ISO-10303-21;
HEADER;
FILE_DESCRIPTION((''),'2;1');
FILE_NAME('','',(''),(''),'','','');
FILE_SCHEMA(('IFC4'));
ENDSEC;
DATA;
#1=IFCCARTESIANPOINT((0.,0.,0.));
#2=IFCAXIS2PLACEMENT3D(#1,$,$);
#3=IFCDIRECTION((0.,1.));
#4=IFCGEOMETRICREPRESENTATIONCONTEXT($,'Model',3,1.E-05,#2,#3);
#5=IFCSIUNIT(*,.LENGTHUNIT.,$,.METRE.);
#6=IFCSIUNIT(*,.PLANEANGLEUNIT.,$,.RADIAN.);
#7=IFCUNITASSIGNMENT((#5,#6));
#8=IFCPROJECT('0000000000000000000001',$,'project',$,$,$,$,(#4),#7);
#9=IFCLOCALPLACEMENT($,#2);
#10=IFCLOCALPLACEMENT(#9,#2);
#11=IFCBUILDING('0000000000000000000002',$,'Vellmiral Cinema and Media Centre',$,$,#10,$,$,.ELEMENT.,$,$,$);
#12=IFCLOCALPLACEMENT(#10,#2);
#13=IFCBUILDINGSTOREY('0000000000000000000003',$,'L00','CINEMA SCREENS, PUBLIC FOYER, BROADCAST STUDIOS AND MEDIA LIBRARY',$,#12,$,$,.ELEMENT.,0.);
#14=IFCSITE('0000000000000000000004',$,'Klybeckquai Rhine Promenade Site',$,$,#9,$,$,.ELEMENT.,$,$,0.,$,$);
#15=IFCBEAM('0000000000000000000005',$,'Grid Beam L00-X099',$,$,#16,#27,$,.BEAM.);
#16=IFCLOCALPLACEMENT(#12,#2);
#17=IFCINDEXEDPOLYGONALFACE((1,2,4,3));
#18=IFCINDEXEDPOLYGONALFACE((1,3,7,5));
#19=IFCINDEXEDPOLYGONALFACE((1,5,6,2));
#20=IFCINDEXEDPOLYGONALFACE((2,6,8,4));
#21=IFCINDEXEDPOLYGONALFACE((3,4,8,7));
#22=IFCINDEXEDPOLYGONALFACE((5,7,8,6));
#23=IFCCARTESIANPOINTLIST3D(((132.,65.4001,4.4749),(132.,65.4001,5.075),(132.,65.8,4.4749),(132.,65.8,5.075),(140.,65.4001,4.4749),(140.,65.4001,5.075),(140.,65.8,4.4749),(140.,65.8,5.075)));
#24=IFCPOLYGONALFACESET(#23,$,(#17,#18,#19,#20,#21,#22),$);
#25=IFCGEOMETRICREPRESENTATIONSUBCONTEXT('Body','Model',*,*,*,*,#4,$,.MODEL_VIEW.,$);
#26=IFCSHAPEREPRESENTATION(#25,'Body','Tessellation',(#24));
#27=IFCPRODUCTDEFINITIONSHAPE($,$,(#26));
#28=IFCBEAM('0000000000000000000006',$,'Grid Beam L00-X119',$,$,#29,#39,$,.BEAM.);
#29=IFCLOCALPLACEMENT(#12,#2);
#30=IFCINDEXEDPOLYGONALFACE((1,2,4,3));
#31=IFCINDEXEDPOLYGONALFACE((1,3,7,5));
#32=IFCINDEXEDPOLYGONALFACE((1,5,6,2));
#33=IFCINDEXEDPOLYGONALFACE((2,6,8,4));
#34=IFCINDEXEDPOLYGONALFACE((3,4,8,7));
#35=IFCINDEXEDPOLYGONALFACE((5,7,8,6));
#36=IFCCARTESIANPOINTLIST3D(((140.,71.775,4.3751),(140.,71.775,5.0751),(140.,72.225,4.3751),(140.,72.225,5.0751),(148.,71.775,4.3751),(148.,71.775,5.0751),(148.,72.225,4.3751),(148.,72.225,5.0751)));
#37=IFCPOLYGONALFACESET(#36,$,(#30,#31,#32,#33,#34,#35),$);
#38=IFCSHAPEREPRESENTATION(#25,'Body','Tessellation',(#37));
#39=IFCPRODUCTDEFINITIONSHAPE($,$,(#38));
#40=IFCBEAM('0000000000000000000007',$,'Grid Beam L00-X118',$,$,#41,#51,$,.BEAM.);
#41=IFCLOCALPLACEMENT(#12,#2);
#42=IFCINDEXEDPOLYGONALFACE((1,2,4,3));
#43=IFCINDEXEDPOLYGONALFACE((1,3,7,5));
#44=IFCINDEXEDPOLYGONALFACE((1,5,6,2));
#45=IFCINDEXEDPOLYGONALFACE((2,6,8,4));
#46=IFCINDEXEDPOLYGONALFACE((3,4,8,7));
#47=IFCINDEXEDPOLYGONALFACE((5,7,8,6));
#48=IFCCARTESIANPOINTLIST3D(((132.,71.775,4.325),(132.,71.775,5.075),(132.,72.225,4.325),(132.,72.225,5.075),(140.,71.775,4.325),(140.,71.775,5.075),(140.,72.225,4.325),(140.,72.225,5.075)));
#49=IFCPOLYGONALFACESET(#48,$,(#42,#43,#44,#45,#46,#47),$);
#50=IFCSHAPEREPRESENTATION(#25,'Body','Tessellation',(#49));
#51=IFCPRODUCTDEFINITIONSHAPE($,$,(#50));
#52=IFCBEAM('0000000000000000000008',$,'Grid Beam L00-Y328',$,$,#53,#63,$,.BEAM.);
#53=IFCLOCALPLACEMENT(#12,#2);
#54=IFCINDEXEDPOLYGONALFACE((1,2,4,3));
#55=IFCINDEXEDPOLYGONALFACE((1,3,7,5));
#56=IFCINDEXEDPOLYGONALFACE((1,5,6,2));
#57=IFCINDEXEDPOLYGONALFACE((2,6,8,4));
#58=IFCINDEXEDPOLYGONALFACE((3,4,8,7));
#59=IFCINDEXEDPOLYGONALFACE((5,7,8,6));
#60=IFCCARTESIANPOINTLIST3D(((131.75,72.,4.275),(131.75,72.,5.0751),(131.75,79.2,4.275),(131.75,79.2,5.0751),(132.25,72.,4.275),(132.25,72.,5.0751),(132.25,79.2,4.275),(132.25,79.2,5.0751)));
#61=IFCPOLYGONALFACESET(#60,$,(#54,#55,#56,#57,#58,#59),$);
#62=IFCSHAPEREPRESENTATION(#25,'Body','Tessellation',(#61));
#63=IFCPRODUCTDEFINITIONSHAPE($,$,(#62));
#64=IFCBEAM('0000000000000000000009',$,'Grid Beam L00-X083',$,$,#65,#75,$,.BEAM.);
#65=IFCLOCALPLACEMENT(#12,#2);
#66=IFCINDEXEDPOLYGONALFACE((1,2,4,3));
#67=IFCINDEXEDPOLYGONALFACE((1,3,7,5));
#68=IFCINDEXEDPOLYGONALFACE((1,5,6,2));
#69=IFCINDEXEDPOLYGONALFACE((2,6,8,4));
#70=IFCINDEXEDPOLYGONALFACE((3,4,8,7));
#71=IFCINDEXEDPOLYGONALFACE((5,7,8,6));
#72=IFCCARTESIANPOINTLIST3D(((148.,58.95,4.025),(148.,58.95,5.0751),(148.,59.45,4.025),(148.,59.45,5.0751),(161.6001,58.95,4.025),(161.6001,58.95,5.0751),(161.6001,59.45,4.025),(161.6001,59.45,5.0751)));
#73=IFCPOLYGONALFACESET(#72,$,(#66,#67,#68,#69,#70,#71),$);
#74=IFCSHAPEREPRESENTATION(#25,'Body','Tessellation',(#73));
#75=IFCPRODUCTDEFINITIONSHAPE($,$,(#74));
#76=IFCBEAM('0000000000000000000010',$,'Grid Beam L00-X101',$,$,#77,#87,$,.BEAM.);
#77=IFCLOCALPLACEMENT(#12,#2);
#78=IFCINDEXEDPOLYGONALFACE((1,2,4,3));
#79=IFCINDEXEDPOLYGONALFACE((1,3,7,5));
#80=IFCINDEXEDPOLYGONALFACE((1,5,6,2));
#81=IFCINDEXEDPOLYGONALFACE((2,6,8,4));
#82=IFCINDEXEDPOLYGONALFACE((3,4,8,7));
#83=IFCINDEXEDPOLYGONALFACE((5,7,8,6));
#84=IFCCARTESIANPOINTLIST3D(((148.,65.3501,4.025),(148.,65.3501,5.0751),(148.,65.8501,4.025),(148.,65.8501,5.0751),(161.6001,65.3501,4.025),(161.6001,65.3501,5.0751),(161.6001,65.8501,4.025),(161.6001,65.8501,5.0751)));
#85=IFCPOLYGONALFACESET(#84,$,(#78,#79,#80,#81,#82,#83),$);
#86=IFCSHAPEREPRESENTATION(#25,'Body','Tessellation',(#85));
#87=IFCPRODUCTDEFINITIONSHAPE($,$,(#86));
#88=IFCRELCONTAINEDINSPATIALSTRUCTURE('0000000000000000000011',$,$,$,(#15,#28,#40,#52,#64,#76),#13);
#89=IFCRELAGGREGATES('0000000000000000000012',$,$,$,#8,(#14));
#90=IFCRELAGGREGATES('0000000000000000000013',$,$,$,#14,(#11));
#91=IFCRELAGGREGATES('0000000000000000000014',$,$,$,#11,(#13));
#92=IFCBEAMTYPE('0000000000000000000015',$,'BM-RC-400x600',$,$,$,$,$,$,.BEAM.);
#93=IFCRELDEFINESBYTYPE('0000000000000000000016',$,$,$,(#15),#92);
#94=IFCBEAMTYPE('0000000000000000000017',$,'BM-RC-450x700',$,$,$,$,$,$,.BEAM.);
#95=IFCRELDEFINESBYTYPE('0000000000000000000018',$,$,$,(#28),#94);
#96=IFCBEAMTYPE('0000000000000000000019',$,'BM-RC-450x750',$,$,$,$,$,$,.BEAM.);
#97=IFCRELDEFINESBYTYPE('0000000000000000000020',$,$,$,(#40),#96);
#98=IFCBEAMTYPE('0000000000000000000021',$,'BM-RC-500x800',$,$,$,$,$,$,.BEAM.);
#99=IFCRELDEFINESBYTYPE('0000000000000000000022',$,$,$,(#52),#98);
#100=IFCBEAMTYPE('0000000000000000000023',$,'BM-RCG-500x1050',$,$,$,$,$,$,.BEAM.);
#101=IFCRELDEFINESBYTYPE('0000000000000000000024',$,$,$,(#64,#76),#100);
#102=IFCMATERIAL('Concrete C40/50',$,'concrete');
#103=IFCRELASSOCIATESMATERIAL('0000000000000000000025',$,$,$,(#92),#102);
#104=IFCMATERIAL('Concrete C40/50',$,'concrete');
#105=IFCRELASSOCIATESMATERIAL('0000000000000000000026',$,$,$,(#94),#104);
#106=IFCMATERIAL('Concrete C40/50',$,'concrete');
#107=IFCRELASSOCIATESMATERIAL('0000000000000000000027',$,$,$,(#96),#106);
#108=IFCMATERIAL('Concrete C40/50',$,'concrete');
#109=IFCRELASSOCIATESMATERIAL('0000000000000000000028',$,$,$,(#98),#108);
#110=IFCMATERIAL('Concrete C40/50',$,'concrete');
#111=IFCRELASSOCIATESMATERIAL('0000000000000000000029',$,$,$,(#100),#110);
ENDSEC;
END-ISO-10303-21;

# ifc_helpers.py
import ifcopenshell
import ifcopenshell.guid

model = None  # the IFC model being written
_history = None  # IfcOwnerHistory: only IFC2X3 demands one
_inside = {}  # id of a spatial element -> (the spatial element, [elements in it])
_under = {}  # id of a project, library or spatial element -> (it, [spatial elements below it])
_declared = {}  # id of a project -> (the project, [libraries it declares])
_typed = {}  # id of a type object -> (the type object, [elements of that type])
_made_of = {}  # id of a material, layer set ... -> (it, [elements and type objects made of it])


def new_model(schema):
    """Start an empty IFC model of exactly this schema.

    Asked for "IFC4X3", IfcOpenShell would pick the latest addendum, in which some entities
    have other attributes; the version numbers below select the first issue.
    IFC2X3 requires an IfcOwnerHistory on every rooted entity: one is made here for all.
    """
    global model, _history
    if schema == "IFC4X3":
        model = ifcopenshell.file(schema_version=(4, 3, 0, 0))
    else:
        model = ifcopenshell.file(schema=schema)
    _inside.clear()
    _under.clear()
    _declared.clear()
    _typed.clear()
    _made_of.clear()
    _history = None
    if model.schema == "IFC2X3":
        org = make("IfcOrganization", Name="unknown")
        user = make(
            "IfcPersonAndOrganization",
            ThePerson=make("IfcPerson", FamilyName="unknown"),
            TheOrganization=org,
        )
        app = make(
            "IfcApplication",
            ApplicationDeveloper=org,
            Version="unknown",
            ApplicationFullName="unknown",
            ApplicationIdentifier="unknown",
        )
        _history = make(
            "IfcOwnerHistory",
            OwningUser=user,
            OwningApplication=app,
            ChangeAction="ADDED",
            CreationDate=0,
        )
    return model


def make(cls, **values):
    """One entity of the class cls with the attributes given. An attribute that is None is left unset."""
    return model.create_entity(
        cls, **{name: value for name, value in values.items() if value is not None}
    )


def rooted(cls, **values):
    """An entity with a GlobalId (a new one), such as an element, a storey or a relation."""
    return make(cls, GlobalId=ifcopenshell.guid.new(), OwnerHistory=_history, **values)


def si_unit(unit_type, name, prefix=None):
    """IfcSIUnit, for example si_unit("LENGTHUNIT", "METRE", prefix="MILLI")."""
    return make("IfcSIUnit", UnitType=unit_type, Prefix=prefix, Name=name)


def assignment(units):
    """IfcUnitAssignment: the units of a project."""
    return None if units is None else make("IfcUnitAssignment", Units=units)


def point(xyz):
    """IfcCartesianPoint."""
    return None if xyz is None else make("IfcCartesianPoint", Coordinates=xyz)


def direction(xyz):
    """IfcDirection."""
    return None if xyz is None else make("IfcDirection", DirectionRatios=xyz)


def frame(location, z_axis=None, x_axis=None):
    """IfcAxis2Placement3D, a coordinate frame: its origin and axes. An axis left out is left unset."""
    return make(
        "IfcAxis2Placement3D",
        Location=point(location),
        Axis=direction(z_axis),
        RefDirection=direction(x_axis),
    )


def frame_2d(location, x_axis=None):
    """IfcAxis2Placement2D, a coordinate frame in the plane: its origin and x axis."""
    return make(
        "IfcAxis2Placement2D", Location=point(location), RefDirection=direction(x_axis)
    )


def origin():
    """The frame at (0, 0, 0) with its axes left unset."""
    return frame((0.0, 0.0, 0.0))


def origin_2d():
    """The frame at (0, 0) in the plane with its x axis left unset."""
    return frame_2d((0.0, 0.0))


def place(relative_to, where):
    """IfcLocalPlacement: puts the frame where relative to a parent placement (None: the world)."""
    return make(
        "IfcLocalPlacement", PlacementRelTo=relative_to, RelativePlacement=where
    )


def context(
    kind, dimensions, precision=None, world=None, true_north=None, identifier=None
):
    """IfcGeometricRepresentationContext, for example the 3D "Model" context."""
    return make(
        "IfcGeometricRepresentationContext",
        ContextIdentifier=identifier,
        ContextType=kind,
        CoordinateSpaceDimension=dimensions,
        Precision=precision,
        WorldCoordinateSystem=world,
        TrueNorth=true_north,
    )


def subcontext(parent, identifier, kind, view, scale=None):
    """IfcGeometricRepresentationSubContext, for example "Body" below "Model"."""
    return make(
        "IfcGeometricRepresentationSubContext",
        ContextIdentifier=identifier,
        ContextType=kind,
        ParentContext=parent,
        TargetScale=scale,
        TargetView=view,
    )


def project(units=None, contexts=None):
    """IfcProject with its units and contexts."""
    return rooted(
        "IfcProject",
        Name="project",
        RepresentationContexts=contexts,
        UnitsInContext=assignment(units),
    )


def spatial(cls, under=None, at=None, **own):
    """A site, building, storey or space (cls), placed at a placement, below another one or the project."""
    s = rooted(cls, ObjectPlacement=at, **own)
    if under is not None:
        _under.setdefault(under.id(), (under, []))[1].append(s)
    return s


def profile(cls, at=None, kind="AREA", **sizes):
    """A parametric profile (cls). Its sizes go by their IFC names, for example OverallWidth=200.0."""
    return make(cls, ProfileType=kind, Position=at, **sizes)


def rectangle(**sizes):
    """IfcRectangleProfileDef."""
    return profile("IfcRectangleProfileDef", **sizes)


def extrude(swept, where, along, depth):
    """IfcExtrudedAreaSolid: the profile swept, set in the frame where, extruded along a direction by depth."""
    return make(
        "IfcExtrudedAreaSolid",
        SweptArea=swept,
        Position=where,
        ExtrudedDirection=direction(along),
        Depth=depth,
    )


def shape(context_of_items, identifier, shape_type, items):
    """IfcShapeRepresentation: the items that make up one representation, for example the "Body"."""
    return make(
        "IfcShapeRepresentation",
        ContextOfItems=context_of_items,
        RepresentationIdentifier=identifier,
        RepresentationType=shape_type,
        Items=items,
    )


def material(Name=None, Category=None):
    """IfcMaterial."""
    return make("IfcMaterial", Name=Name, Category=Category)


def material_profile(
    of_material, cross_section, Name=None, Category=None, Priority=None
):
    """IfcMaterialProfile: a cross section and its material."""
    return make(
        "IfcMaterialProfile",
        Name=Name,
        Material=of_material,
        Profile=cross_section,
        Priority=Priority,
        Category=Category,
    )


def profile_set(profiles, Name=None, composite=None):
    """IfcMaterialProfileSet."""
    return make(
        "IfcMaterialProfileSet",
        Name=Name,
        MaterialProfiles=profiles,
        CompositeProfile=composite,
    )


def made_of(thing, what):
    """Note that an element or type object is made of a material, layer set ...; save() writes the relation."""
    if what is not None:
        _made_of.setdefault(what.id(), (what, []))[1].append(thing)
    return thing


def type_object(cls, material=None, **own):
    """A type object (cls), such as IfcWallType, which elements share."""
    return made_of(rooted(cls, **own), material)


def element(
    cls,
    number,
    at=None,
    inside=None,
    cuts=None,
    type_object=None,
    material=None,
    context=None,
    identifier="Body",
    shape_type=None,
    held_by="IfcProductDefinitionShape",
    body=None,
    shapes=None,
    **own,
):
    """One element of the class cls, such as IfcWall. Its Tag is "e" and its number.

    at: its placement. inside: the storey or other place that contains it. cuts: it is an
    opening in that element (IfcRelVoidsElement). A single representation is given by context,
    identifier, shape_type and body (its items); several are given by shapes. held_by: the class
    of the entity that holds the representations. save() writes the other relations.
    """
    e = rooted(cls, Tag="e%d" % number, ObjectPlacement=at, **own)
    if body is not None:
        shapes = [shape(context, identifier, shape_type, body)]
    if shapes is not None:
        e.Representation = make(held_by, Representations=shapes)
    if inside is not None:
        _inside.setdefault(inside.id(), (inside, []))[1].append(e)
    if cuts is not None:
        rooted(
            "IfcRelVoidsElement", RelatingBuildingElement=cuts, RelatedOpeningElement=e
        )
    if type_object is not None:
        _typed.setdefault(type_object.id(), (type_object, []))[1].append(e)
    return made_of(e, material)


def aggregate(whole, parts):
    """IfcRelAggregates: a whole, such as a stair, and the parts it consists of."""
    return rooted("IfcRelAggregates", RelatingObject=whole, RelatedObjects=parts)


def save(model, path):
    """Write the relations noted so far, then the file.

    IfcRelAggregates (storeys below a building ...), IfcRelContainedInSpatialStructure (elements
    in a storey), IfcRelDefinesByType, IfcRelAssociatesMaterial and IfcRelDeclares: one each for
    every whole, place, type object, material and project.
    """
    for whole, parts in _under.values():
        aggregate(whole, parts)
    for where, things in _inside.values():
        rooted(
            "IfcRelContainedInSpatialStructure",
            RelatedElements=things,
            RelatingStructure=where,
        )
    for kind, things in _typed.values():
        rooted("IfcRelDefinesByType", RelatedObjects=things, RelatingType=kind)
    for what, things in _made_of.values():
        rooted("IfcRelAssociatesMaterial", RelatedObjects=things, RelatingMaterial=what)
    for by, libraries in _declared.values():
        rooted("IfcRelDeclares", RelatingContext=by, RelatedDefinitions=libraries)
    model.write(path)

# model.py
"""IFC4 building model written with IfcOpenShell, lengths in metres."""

from ifc_helpers import new_model, si_unit, direction, frame, origin, origin_2d, place, context, subcontext, project, spatial, rectangle, extrude, material, material_profile, profile_set, type_object, element, save


model = new_model("IFC4")

# Units and contexts
model_context = context("Model", 3, precision=1e-05, world=origin(), true_north=direction((0.0, 1.0)))
body_context = subcontext(model_context, "Body", "Model", "MODEL_VIEW")
ifc_project = project(units=[si_unit("LENGTHUNIT", "METRE"), si_unit("PLANEANGLEUNIT", "RADIAN")], contexts=[model_context])

# Site, building, storey
site_placement = place(None, origin())
site = spatial("IfcSite", under=ifc_project, at=site_placement, Name="Klybeckquai Rhine Promenade Site", CompositionType="ELEMENT", RefElevation=0.0)
building_placement = place(site_placement, origin())
building = spatial("IfcBuilding", under=site, at=building_placement, Name="Vellmiral Cinema and Media Centre", CompositionType="ELEMENT")
storey_placement = place(building_placement, origin())
storey = spatial("IfcBuildingStorey", under=building, at=storey_placement, Name="L00", Description="CINEMA SCREENS, PUBLIC FOYER, BROADCAST STUDIOS AND MEDIA LIBRARY", CompositionType="ELEMENT", Elevation=0.0)

# Beams
ifc_material_1 = material(Name="Concrete C40/50", Category="concrete")
ifc_material_profile_1 = material_profile(ifc_material_1, rectangle(XDim=0.3999, YDim=0.6001, at=origin_2d()), Name="RC 400x600")
ifc_profile_set_1 = profile_set([ifc_material_profile_1], Name="Concrete C40/50")
beam_type_1 = type_object("IfcBeamType", Name="BM-RC-400x600", PredefinedType="BEAM", material=ifc_profile_set_1)
beam_1_placement = place(storey_placement, frame((132.0, 65.6001, 4.7749), z_axis=(1.0, 0.0, 0.0), x_axis=(0.0, 1.0, 0.0)))
element("IfcBeam", 1, at=beam_1_placement, inside=storey, type_object=beam_type_1, Name="Grid Beam L00-X099", PredefinedType="BEAM", context=body_context, shape_type="SweptSolid", body=[
    extrude(rectangle(XDim=0.3999, YDim=0.6001, at=origin_2d()), origin(), (0.0, 0.0, 1.0), 8.0),
])
ifc_material_2 = material(Name="Concrete C40/50", Category="concrete")
ifc_material_profile_2 = material_profile(ifc_material_2, rectangle(XDim=0.45, YDim=0.7, at=origin_2d()), Name="RC 450x700")
ifc_profile_set_2 = profile_set([ifc_material_profile_2], Name="Concrete C40/50")
beam_type_2 = type_object("IfcBeamType", Name="BM-RC-450x700", PredefinedType="BEAM", material=ifc_profile_set_2)
beam_2_placement = place(storey_placement, frame((140.0, 72.0, 4.7251), z_axis=(1.0, 0.0, 0.0), x_axis=(0.0, 1.0, 0.0)))
element("IfcBeam", 2, at=beam_2_placement, inside=storey, type_object=beam_type_2, Name="Grid Beam L00-X119", PredefinedType="BEAM", context=body_context, shape_type="SweptSolid", body=[
    extrude(rectangle(XDim=0.45, YDim=0.7, at=origin_2d()), origin(), (0.0, 0.0, 1.0), 8.0),
])
ifc_material_3 = material(Name="Concrete C40/50", Category="concrete")
ifc_material_profile_3 = material_profile(ifc_material_3, rectangle(XDim=0.45, YDim=0.75, at=origin_2d()), Name="RC 450x750")
ifc_profile_set_3 = profile_set([ifc_material_profile_3], Name="Concrete C40/50")
beam_type_3 = type_object("IfcBeamType", Name="BM-RC-450x750", PredefinedType="BEAM", material=ifc_profile_set_3)
beam_3_placement = place(storey_placement, frame((132.0, 72.0, 4.7), z_axis=(1.0, 0.0, 0.0), x_axis=(0.0, 1.0, 0.0)))
element("IfcBeam", 3, at=beam_3_placement, inside=storey, type_object=beam_type_3, Name="Grid Beam L00-X118", PredefinedType="BEAM", context=body_context, shape_type="SweptSolid", body=[
    extrude(rectangle(XDim=0.45, YDim=0.75, at=origin_2d()), origin(), (0.0, 0.0, 1.0), 8.0),
])
ifc_material_4 = material(Name="Concrete C40/50", Category="concrete")
ifc_material_profile_4 = material_profile(ifc_material_4, rectangle(XDim=0.5, YDim=0.8, at=origin_2d()), Name="RC 500x800")
ifc_profile_set_4 = profile_set([ifc_material_profile_4], Name="Concrete C40/50")
beam_type_4 = type_object("IfcBeamType", Name="BM-RC-500x800", PredefinedType="BEAM", material=ifc_profile_set_4)
beam_4_placement = place(storey_placement, frame((132.0, 72.0, 4.675), z_axis=(0.0, 1.0, 0.0), x_axis=(-1.0, 0.0, 0.0)))
element("IfcBeam", 4, at=beam_4_placement, inside=storey, type_object=beam_type_4, Name="Grid Beam L00-Y328", PredefinedType="BEAM", context=body_context, shape_type="SweptSolid", body=[
    extrude(rectangle(XDim=0.5, YDim=0.8, at=origin_2d()), origin(), (0.0, 0.0, 1.0), 7.2),
])
ifc_material_5 = material(Name="Concrete C40/50", Category="concrete")
ifc_material_profile_5 = material_profile(ifc_material_5, rectangle(XDim=0.5, YDim=1.05, at=origin_2d()), Name="RC 500x1050")
ifc_profile_set_5 = profile_set([ifc_material_profile_5], Name="Concrete C40/50")
beam_type_5 = type_object("IfcBeamType", Name="BM-RCG-500x1050", PredefinedType="BEAM", material=ifc_profile_set_5)
for number, where, z_axis, x_axis, name in (
    (5, (148.0, 59.2, 4.55), (1.0, 0.0, 0.0), (0.0, 1.0, 0.0), "Grid Beam L00-X083"),
    (6, (148.0, 65.6001, 4.55), (1.0, 0.0, 0.0), (0.0, 1.0, 0.0), "Grid Beam L00-X101"),
):
    element("IfcBeam", number, at=place(storey_placement, frame(where, z_axis=z_axis, x_axis=x_axis)), inside=storey, type_object=beam_type_5, Name=name, PredefinedType="BEAM", context=body_context, shape_type="SweptSolid", body=[
        extrude(rectangle(XDim=0.5, YDim=1.05, at=origin_2d()), origin(), (0.0, 0.0, 1.0), 13.6001),
    ])

save(model, "model.ifc")
